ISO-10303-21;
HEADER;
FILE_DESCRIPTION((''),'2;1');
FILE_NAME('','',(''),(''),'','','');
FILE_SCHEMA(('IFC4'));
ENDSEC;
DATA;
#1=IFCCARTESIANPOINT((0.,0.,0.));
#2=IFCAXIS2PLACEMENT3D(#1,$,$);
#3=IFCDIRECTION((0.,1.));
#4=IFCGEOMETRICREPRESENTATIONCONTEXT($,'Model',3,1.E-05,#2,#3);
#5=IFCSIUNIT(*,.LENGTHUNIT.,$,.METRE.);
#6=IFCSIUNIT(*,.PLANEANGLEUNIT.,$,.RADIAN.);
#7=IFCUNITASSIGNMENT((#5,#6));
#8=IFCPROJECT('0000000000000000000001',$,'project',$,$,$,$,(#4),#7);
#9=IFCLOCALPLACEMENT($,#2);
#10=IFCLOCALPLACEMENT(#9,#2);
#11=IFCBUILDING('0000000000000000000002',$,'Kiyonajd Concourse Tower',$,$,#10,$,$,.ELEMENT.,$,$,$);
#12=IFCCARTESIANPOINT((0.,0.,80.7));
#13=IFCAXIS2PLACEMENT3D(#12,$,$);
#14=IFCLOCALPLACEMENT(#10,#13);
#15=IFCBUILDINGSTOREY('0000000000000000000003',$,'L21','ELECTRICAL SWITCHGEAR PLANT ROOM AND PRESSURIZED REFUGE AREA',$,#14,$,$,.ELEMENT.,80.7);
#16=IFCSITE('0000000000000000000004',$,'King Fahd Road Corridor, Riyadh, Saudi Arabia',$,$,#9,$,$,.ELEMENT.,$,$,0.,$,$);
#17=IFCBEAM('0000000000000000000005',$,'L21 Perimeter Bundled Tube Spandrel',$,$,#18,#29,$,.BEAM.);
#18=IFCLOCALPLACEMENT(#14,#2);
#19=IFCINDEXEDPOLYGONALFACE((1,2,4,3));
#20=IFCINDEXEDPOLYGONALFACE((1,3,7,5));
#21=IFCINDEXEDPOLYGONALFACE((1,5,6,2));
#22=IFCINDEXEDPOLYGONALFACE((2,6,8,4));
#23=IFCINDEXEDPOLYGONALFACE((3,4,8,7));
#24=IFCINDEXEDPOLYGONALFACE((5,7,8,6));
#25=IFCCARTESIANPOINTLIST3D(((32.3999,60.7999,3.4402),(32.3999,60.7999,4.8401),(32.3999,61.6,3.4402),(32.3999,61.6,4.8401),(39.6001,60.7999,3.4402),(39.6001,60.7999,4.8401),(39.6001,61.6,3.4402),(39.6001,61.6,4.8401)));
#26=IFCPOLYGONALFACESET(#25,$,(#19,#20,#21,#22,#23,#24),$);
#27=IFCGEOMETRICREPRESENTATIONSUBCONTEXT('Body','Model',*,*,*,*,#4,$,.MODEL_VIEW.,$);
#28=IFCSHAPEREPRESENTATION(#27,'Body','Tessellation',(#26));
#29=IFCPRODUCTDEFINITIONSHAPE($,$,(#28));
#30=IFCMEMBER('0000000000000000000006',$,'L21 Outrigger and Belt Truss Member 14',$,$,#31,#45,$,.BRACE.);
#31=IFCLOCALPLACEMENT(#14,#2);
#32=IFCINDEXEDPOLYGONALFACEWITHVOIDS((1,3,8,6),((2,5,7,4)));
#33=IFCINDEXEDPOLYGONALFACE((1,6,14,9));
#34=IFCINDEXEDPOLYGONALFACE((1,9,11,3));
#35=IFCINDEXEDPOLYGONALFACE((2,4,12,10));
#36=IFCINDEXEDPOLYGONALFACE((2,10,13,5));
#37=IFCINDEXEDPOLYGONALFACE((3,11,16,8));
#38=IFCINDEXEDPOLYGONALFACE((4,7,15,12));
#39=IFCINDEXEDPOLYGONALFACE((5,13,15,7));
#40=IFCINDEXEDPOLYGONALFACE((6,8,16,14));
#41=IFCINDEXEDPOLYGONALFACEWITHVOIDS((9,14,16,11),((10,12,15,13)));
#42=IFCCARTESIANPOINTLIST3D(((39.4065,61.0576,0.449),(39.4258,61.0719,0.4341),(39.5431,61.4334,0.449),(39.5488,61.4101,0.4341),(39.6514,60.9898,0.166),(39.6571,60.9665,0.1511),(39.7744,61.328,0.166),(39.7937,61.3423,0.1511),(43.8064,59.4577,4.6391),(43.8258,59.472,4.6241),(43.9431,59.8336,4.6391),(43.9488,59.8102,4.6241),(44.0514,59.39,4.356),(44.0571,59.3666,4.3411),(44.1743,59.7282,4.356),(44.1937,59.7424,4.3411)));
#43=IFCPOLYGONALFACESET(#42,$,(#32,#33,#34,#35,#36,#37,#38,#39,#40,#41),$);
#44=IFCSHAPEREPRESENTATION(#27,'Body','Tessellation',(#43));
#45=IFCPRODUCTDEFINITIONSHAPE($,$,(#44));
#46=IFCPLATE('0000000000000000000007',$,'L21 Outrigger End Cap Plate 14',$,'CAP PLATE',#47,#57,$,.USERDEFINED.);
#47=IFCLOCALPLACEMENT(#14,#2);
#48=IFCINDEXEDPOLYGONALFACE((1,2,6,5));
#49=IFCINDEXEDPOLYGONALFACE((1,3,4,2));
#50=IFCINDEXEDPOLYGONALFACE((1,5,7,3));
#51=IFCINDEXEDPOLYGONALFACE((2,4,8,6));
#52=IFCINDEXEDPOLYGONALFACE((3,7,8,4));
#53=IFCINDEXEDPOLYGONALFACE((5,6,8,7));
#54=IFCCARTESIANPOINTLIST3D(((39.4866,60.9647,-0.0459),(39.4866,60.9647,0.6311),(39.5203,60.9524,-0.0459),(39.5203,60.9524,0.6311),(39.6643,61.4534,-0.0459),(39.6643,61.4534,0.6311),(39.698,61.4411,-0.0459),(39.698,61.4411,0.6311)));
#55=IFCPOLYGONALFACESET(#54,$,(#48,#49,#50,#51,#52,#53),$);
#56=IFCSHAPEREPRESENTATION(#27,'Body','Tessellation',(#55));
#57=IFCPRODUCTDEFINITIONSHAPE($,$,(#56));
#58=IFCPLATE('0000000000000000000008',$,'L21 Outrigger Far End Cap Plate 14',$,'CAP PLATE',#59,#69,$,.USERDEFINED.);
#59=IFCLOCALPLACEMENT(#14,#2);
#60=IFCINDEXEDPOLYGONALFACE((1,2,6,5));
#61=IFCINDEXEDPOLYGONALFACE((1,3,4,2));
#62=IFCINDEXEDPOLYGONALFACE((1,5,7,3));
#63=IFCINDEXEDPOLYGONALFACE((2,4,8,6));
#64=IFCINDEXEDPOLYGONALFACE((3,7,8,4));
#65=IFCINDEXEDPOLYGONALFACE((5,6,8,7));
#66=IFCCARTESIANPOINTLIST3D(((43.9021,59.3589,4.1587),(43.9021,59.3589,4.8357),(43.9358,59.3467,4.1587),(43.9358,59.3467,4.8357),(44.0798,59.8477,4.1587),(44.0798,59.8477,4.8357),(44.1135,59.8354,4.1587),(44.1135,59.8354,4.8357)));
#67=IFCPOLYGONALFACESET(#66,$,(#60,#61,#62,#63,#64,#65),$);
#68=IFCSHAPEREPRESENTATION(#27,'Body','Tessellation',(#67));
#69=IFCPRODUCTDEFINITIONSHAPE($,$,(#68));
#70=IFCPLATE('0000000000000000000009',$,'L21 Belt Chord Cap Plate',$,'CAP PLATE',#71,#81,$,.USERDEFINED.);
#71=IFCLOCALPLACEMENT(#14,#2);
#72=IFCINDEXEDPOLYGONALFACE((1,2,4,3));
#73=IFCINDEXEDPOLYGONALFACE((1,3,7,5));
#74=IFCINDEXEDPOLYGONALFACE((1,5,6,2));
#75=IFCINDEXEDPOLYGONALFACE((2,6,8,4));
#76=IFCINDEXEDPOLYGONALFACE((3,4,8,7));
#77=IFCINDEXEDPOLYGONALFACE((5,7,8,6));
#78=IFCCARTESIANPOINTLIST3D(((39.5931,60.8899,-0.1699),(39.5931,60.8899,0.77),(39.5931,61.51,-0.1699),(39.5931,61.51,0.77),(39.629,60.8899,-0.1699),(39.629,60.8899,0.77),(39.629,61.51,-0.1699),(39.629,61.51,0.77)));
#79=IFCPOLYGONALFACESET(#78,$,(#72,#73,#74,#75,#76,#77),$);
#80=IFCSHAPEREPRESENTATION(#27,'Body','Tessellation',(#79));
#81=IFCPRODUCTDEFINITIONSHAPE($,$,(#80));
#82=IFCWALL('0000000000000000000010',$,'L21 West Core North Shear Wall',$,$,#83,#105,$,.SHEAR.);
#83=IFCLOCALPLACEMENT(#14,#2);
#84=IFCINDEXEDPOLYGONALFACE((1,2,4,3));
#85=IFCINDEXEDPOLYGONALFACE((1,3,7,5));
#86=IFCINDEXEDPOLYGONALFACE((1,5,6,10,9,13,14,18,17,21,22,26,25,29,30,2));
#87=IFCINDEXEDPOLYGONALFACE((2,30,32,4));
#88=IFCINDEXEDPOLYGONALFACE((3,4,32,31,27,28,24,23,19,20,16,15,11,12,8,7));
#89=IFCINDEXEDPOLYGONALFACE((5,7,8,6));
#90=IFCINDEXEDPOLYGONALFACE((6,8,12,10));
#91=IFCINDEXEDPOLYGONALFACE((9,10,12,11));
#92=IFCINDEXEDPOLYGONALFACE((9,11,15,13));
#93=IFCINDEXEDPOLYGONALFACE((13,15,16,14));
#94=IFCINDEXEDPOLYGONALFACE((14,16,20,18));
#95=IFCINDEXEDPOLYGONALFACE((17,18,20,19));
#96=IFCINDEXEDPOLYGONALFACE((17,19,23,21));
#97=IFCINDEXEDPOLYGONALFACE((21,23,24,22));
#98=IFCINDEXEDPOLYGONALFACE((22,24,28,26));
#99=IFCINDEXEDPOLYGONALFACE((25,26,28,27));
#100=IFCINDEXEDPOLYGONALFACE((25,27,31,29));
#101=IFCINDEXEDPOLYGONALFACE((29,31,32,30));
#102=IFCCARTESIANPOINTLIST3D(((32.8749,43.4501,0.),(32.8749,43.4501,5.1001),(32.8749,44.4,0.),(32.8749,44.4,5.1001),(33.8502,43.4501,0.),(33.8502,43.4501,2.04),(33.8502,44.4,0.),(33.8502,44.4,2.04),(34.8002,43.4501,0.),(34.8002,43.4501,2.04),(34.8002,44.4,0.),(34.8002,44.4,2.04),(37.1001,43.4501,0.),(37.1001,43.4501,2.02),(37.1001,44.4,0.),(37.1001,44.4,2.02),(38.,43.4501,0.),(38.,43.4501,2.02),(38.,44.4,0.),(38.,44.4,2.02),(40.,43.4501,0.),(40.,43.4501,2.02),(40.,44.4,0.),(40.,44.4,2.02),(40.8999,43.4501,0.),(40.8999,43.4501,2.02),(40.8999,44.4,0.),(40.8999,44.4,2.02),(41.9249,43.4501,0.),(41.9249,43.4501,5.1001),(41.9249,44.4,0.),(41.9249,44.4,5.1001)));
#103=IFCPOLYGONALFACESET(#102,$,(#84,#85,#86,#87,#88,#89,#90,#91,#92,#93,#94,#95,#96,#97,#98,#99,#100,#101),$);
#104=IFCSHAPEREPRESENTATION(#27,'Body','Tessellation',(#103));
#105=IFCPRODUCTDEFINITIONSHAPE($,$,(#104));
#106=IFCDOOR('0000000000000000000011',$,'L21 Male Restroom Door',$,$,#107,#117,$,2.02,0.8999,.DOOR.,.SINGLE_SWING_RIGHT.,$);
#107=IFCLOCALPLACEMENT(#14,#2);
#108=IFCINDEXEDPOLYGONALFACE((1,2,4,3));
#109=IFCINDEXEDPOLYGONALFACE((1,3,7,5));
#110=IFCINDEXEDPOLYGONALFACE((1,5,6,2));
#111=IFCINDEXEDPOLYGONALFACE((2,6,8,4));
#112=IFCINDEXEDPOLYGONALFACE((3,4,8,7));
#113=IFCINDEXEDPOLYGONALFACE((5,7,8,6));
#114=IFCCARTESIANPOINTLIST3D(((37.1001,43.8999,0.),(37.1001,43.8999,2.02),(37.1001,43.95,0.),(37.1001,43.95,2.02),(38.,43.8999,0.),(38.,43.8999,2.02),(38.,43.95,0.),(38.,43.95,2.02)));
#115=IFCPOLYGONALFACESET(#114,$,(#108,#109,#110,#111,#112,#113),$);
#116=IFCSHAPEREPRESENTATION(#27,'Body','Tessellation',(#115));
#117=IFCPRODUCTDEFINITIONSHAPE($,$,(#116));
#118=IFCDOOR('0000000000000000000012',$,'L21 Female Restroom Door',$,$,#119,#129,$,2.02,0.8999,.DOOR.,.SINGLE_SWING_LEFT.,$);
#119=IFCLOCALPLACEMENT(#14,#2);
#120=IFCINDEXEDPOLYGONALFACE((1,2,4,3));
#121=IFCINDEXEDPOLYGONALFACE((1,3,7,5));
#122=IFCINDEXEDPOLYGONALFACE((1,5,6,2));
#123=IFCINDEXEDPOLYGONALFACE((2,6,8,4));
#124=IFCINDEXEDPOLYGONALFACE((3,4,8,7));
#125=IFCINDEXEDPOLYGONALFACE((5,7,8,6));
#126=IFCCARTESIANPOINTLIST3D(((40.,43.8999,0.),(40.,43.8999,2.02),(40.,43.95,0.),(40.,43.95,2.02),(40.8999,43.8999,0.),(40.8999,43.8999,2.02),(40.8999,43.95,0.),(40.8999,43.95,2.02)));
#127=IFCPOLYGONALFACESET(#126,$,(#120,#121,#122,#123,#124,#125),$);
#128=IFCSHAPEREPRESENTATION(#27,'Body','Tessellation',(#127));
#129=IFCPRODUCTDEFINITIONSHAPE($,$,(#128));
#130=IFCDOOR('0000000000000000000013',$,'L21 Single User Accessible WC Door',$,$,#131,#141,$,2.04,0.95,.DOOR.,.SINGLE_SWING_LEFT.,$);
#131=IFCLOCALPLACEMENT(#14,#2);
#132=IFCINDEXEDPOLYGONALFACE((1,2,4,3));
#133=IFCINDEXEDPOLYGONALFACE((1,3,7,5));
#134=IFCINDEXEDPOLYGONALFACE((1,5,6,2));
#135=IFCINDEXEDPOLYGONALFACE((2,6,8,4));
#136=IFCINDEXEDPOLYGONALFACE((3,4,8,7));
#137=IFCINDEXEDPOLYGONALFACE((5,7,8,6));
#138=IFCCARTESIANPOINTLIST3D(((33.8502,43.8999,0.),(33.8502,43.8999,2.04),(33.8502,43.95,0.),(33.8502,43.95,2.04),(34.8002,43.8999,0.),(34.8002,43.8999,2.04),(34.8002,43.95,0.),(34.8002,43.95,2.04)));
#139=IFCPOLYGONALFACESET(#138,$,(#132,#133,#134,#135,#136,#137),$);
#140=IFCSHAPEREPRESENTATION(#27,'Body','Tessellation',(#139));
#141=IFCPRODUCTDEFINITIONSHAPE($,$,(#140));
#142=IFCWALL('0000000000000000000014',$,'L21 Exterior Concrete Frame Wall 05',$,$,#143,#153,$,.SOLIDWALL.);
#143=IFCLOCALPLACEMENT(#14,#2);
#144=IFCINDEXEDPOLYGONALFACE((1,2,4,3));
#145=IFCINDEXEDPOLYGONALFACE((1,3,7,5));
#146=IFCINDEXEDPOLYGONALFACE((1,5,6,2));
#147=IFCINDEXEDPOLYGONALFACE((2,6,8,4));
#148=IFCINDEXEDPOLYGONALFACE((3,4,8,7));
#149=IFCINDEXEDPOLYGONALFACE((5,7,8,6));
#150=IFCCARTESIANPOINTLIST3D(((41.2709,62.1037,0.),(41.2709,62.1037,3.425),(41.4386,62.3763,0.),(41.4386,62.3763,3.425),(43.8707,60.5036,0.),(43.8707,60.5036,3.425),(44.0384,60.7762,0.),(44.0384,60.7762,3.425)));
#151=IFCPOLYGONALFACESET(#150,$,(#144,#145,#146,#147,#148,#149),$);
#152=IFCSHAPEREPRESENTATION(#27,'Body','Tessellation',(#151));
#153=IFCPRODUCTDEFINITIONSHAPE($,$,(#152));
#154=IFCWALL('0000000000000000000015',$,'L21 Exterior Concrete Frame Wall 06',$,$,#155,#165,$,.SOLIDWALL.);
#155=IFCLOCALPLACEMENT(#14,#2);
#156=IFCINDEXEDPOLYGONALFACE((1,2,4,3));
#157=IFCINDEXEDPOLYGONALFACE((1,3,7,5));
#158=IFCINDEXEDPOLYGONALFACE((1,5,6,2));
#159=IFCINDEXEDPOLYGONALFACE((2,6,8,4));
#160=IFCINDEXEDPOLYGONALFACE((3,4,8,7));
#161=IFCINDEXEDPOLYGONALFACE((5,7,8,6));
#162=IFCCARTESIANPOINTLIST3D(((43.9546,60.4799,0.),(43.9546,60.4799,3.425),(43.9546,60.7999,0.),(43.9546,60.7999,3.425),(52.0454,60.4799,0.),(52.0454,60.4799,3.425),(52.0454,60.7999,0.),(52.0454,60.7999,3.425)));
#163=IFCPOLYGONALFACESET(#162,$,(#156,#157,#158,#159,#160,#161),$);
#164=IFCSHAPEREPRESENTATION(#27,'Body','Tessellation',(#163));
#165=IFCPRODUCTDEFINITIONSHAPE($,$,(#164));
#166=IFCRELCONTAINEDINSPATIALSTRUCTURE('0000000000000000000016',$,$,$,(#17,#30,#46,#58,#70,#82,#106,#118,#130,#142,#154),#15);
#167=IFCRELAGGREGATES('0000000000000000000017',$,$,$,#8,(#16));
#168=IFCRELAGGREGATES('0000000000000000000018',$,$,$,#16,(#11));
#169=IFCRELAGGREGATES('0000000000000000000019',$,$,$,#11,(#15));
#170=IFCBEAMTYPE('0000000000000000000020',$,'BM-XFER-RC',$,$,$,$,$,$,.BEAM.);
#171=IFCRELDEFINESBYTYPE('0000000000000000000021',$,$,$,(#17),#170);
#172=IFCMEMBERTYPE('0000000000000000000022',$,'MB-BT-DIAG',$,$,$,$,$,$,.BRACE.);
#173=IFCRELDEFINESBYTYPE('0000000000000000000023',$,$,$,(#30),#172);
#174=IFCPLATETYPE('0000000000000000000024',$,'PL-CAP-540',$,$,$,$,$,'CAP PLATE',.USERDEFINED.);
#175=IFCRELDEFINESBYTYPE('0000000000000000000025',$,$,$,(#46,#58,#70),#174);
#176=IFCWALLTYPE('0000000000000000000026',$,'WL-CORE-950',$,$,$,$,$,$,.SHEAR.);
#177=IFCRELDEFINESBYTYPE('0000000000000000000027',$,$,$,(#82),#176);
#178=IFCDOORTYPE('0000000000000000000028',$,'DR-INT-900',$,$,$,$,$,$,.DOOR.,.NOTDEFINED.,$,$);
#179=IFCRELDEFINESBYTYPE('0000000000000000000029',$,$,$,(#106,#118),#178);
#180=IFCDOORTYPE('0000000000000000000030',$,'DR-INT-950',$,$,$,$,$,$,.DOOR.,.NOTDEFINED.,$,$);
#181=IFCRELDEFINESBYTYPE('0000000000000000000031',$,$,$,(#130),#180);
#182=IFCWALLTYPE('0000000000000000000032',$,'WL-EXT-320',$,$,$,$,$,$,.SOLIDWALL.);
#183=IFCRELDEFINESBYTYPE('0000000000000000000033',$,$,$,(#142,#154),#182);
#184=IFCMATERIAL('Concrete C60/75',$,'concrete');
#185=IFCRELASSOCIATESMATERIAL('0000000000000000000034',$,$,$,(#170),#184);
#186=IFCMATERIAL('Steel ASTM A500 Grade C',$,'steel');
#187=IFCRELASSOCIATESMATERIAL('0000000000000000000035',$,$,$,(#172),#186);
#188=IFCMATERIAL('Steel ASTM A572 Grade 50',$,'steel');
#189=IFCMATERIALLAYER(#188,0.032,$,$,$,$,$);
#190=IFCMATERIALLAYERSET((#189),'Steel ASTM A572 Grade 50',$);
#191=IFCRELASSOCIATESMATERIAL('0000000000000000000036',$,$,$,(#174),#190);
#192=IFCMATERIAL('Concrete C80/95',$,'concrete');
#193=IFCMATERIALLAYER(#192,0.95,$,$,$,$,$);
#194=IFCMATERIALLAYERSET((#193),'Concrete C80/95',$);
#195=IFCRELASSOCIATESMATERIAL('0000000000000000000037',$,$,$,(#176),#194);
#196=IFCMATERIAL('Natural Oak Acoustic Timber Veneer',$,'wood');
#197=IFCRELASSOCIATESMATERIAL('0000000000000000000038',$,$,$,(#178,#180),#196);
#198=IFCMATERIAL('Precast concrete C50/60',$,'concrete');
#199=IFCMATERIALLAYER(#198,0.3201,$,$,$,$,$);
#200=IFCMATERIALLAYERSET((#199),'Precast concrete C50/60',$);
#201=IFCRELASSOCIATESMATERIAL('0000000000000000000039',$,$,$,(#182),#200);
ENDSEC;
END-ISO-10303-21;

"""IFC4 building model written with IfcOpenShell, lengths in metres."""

from ifc_helpers import new_model, si_unit, direction, frame, frame_2d, origin, origin_2d, place, context, subcontext, project, spatial, rectangle, hollow_rectangle, extrude, material, layer, layer_set, material_profile, profile_set, type_object, element, fill, save


model = new_model("IFC4")

# Units and contexts
model_context = context("Model", 3, precision=1e-05, world=origin(), true_north=direction((0.0, 1.0)))
body_context = subcontext(model_context, "Body", "Model", "MODEL_VIEW")
ifc_project = project(units=[si_unit("LENGTHUNIT", "METRE"), si_unit("PLANEANGLEUNIT", "RADIAN")], contexts=[model_context])

# Site, building, storey
site_placement = place(None, origin())
site = spatial("IfcSite", under=ifc_project, at=site_placement, Name="King Fahd Road Corridor, Riyadh, Saudi Arabia", CompositionType="ELEMENT", RefElevation=0.0)
building_placement = place(site_placement, origin())
building = spatial("IfcBuilding", under=site, at=building_placement, Name="Kiyonajd Concourse Tower", CompositionType="ELEMENT")
storey_placement = place(building_placement, frame((0.0, 0.0, 80.7)))
storey = spatial("IfcBuildingStorey", under=building, at=storey_placement, Name="L21", Description="ELECTRICAL SWITCHGEAR PLANT ROOM AND PRESSURIZED REFUGE AREA", CompositionType="ELEMENT", Elevation=80.7)

# Shared definitions
ifc_material_1 = material(Name="Concrete C80/95", Category="concrete")
ifc_material_2 = material(Name="Concrete C60/75", Category="concrete")

# Beam
ifc_material_profile_1 = material_profile(ifc_material_2, rectangle(XDim=0.8, YDim=1.3999, at=origin_2d()), Name="RCBM-800x1400")
ifc_profile_set_1 = profile_set([ifc_material_profile_1], Name="Concrete C60/75")
beam_type_1 = type_object("IfcBeamType", Name="BM-XFER-RC", PredefinedType="BEAM", material=ifc_profile_set_1)
beam_1_placement = place(storey_placement, frame((39.6001, 61.2, 4.1401), z_axis=(-1.0, 0.0, 0.0), x_axis=(0.0, -1.0, 0.0)))
element("IfcBeam", 1, at=beam_1_placement, inside=storey, type_object=beam_type_1, Name="L21 Perimeter Bundled Tube Spandrel", PredefinedType="BEAM", context=body_context, shape_type="SweptSolid", body=[
    extrude(rectangle(XDim=0.8, YDim=1.3999, at=origin_2d()), origin(), (0.0, 0.0, 1.0), 7.2002),
])

# Member
ifc_material_3 = material(Name="Steel ASTM A500 Grade C", Category="steel")
ifc_material_profile_2 = material_profile(ifc_material_3, hollow_rectangle(XDim=0.3999, YDim=0.3999, WallThickness=0.02, at=origin_2d()), Name="HSS-400x400x20")
ifc_profile_set_2 = profile_set([ifc_material_profile_2], Name="Steel ASTM A500 Grade C")
member_type = type_object("IfcMemberType", Name="MB-BT-DIAG", PredefinedType="BRACE", material=ifc_profile_set_2)
member_placement = place(storey_placement, frame((39.6001, 61.2, 0.3), z_axis=(0.700303, -0.254638, 0.666885), x_axis=(0.341722, 0.939801, 0.0)))
element("IfcMember", 2, at=member_placement, inside=storey, type_object=member_type, Name="L21 Outrigger and Belt Truss Member 14", PredefinedType="BRACE", context=body_context, shape_type="SweptSolid", body=[
    extrude(hollow_rectangle(XDim=0.3999, YDim=0.3999, WallThickness=0.02, at=origin_2d()), origin(), (0.0, 0.0, 1.0), 6.283),
])

# Plates
ifc_material_4 = material(Name="Steel ASTM A572 Grade 50", Category="steel")
ifc_layer_1 = layer(ifc_material_4, 0.032)
ifc_layer_set_1 = layer_set([ifc_layer_1], Name="Steel ASTM A572 Grade 50")
plate_type = type_object("IfcPlateType", Name="PL-CAP-540", ElementType="CAP PLATE", PredefinedType="USERDEFINED", material=ifc_layer_set_1)
for number, where, z_axis, x_axis, name in (
    (3, (39.5923, 61.2029, -0.0459), (0.0, 0.0, 1.0), (-0.939812, 0.341692, 0.0), "L21 Outrigger End Cap Plate 14"),
    (4, (44.0078, 59.5972, 4.1587), (0.0, 0.0, 1.0), (0.939812, -0.341692, 0.0), "L21 Outrigger Far End Cap Plate 14"),
):
    element("IfcPlate", number, at=place(storey_placement, frame(where, z_axis=z_axis, x_axis=x_axis)), inside=storey, type_object=plate_type, Name=name, ObjectType="CAP PLATE", PredefinedType="USERDEFINED", context=body_context, shape_type="SweptSolid", body=[
        extrude(rectangle(XDim=0.0359, YDim=0.52, at=origin_2d()), origin(), (0.0, 0.0, 1.0), 0.677),
    ])
plate_placement = place(storey_placement, frame((39.6111, 61.2, -0.1699), z_axis=(0.0, 0.0, 1.0), x_axis=(1.0, 0.0, 0.0)))
element("IfcPlate", 5, at=plate_placement, inside=storey, type_object=plate_type, Name="L21 Belt Chord Cap Plate", ObjectType="CAP PLATE", PredefinedType="USERDEFINED", context=body_context, shape_type="SweptSolid", body=[
    extrude(rectangle(XDim=0.0359, YDim=0.6201, at=origin_2d()), origin(), (0.0, 0.0, 1.0), 0.9399),
])

# Wall, openings, doors
ifc_layer_2 = layer(ifc_material_1, 0.95)
ifc_layer_set_2 = layer_set([ifc_layer_2], Name="Concrete C80/95")
wall_type_1 = type_object("IfcWallType", Name="WL-CORE-950", PredefinedType="SHEAR", material=ifc_layer_set_2)
wall_1_placement = place(storey_placement, frame((32.875, 43.925, 0.0), z_axis=(0.0, 0.0, 1.0), x_axis=(1.0, 0.0, 0.0)))
wall_1 = element("IfcWall", 6, at=wall_1_placement, inside=storey, type_object=wall_type_1, Name="L21 West Core North Shear Wall", PredefinedType="SHEAR", context=body_context, shape_type="SweptSolid", body=[
    extrude(rectangle(XDim=9.05, YDim=0.95, at=frame_2d((4.5249, 0.0))), origin(), (0.0, 0.0, 1.0), 5.1001),
])
opening_1_placement = place(wall_1_placement, frame((0.9751, 0.0, 0.0)))
opening_1 = element("IfcOpeningElement", 7, at=opening_1_placement, cuts=wall_1, PredefinedType="OPENING", context=body_context, shape_type="SweptSolid", body=[
    extrude(rectangle(XDim=0.95, YDim=2.04, at=frame_2d((0.4751, 1.02))), frame((0.0, 0.4849, 0.0), z_axis=(0.0, -1.0, 0.0), x_axis=(1.0, 0.0, 0.0)), (0.0, 0.0, 1.0), 0.97),
])
opening_2_placement = place(wall_1_placement, frame((4.2251, 0.0, 0.0)))
opening_2 = element("IfcOpeningElement", 8, at=opening_2_placement, cuts=wall_1, PredefinedType="OPENING", context=body_context, shape_type="SweptSolid", body=[
    extrude(rectangle(XDim=0.8999, YDim=2.02, at=frame_2d((0.45, 1.01))), frame((0.0, 0.4849, 0.0), z_axis=(0.0, -1.0, 0.0), x_axis=(1.0, 0.0, 0.0)), (0.0, 0.0, 1.0), 0.97),
])
opening_3_placement = place(wall_1_placement, frame((7.125, 0.0, 0.0)))
opening_3 = element("IfcOpeningElement", 9, at=opening_3_placement, cuts=wall_1, PredefinedType="OPENING", context=body_context, shape_type="SweptSolid", body=[
    extrude(rectangle(XDim=0.8999, YDim=2.02, at=frame_2d((0.45, 1.01))), frame((0.0, 0.4849, 0.0), z_axis=(0.0, -1.0, 0.0), x_axis=(1.0, 0.0, 0.0)), (0.0, 0.0, 1.0), 0.97),
])
ifc_material_5 = material(Name="Natural Oak Acoustic Timber Veneer", Category="wood")
door_type_1 = type_object("IfcDoorType", Name="DR-INT-900", OperationType="NOTDEFINED", PredefinedType="DOOR", material=ifc_material_5)
door_1_placement = place(opening_2_placement, origin())
door_1 = element("IfcDoor", 10, at=door_1_placement, inside=storey, type_object=door_type_1, Name="L21 Male Restroom Door", OperationType="SINGLE_SWING_RIGHT", OverallHeight=2.02, OverallWidth=0.8999, PredefinedType="DOOR", context=body_context, shape_type="SweptSolid", body=[
    extrude(rectangle(XDim=0.8999, YDim=2.02, at=frame_2d((0.45, 1.01))), frame((0.0, 0.0249, 0.0), z_axis=(0.0, -1.0, 0.0), x_axis=(1.0, 0.0, 0.0)), (0.0, 0.0, 1.0), 0.05),
])
fill(opening_2, door_1)
door_2_placement = place(opening_3_placement, origin())
door_2 = element("IfcDoor", 11, at=door_2_placement, inside=storey, type_object=door_type_1, Name="L21 Female Restroom Door", OperationType="SINGLE_SWING_LEFT", OverallHeight=2.02, OverallWidth=0.8999, PredefinedType="DOOR", context=body_context, shape_type="SweptSolid", body=[
    extrude(rectangle(XDim=0.8999, YDim=2.02, at=frame_2d((0.45, 1.01))), frame((0.0, 0.0249, 0.0), z_axis=(0.0, -1.0, 0.0), x_axis=(1.0, 0.0, 0.0)), (0.0, 0.0, 1.0), 0.05),
])
fill(opening_3, door_2)
door_type_2 = type_object("IfcDoorType", Name="DR-INT-950", OperationType="NOTDEFINED", PredefinedType="DOOR", material=ifc_material_5)
door_3_placement = place(opening_1_placement, origin())
door_3 = element("IfcDoor", 12, at=door_3_placement, inside=storey, type_object=door_type_2, Name="L21 Single User Accessible WC Door", OperationType="SINGLE_SWING_LEFT", OverallHeight=2.04, OverallWidth=0.95, PredefinedType="DOOR", context=body_context, shape_type="SweptSolid", body=[
    extrude(rectangle(XDim=0.95, YDim=2.04, at=frame_2d((0.4751, 1.02))), frame((0.0, 0.0249, 0.0), z_axis=(0.0, -1.0, 0.0), x_axis=(1.0, 0.0, 0.0)), (0.0, 0.0, 1.0), 0.05),
])
fill(opening_1, door_3)

# Walls
ifc_material_6 = material(Name="Precast concrete C50/60", Category="concrete")
ifc_layer_3 = layer(ifc_material_6, 0.3201)
ifc_layer_set_3 = layer_set([ifc_layer_3], Name="Precast concrete C50/60")
wall_type_2 = type_object("IfcWallType", Name="WL-EXT-320", PredefinedType="SOLIDWALL", material=ifc_layer_set_3)
wall_2_placement = place(storey_placement, frame((41.3547, 62.24, 0.0), z_axis=(0.0, 0.0, 1.0), x_axis=(0.851631, -0.524142, 0.0)))
element("IfcWall", 13, at=wall_2_placement, inside=storey, type_object=wall_type_2, Name="L21 Exterior Concrete Frame Wall 05", PredefinedType="SOLIDWALL", context=body_context, shape_type="SweptSolid", body=[
    extrude(rectangle(XDim=3.0527, YDim=0.3201, at=frame_2d((1.5264, 0.0))), origin(), (0.0, 0.0, 1.0), 3.425),
])
wall_3_placement = place(storey_placement, frame((43.9546, 60.6399, 0.0), z_axis=(0.0, 0.0, 1.0), x_axis=(1.0, 0.0, 0.0)))
element("IfcWall", 14, at=wall_3_placement, inside=storey, type_object=wall_type_2, Name="L21 Exterior Concrete Frame Wall 06", PredefinedType="SOLIDWALL", context=body_context, shape_type="SweptSolid", body=[
    extrude(rectangle(XDim=8.0908, YDim=0.3201, at=frame_2d((4.0454, 0.0))), origin(), (0.0, 0.0, 1.0), 3.425),
])

save(model, "model.ifc")
